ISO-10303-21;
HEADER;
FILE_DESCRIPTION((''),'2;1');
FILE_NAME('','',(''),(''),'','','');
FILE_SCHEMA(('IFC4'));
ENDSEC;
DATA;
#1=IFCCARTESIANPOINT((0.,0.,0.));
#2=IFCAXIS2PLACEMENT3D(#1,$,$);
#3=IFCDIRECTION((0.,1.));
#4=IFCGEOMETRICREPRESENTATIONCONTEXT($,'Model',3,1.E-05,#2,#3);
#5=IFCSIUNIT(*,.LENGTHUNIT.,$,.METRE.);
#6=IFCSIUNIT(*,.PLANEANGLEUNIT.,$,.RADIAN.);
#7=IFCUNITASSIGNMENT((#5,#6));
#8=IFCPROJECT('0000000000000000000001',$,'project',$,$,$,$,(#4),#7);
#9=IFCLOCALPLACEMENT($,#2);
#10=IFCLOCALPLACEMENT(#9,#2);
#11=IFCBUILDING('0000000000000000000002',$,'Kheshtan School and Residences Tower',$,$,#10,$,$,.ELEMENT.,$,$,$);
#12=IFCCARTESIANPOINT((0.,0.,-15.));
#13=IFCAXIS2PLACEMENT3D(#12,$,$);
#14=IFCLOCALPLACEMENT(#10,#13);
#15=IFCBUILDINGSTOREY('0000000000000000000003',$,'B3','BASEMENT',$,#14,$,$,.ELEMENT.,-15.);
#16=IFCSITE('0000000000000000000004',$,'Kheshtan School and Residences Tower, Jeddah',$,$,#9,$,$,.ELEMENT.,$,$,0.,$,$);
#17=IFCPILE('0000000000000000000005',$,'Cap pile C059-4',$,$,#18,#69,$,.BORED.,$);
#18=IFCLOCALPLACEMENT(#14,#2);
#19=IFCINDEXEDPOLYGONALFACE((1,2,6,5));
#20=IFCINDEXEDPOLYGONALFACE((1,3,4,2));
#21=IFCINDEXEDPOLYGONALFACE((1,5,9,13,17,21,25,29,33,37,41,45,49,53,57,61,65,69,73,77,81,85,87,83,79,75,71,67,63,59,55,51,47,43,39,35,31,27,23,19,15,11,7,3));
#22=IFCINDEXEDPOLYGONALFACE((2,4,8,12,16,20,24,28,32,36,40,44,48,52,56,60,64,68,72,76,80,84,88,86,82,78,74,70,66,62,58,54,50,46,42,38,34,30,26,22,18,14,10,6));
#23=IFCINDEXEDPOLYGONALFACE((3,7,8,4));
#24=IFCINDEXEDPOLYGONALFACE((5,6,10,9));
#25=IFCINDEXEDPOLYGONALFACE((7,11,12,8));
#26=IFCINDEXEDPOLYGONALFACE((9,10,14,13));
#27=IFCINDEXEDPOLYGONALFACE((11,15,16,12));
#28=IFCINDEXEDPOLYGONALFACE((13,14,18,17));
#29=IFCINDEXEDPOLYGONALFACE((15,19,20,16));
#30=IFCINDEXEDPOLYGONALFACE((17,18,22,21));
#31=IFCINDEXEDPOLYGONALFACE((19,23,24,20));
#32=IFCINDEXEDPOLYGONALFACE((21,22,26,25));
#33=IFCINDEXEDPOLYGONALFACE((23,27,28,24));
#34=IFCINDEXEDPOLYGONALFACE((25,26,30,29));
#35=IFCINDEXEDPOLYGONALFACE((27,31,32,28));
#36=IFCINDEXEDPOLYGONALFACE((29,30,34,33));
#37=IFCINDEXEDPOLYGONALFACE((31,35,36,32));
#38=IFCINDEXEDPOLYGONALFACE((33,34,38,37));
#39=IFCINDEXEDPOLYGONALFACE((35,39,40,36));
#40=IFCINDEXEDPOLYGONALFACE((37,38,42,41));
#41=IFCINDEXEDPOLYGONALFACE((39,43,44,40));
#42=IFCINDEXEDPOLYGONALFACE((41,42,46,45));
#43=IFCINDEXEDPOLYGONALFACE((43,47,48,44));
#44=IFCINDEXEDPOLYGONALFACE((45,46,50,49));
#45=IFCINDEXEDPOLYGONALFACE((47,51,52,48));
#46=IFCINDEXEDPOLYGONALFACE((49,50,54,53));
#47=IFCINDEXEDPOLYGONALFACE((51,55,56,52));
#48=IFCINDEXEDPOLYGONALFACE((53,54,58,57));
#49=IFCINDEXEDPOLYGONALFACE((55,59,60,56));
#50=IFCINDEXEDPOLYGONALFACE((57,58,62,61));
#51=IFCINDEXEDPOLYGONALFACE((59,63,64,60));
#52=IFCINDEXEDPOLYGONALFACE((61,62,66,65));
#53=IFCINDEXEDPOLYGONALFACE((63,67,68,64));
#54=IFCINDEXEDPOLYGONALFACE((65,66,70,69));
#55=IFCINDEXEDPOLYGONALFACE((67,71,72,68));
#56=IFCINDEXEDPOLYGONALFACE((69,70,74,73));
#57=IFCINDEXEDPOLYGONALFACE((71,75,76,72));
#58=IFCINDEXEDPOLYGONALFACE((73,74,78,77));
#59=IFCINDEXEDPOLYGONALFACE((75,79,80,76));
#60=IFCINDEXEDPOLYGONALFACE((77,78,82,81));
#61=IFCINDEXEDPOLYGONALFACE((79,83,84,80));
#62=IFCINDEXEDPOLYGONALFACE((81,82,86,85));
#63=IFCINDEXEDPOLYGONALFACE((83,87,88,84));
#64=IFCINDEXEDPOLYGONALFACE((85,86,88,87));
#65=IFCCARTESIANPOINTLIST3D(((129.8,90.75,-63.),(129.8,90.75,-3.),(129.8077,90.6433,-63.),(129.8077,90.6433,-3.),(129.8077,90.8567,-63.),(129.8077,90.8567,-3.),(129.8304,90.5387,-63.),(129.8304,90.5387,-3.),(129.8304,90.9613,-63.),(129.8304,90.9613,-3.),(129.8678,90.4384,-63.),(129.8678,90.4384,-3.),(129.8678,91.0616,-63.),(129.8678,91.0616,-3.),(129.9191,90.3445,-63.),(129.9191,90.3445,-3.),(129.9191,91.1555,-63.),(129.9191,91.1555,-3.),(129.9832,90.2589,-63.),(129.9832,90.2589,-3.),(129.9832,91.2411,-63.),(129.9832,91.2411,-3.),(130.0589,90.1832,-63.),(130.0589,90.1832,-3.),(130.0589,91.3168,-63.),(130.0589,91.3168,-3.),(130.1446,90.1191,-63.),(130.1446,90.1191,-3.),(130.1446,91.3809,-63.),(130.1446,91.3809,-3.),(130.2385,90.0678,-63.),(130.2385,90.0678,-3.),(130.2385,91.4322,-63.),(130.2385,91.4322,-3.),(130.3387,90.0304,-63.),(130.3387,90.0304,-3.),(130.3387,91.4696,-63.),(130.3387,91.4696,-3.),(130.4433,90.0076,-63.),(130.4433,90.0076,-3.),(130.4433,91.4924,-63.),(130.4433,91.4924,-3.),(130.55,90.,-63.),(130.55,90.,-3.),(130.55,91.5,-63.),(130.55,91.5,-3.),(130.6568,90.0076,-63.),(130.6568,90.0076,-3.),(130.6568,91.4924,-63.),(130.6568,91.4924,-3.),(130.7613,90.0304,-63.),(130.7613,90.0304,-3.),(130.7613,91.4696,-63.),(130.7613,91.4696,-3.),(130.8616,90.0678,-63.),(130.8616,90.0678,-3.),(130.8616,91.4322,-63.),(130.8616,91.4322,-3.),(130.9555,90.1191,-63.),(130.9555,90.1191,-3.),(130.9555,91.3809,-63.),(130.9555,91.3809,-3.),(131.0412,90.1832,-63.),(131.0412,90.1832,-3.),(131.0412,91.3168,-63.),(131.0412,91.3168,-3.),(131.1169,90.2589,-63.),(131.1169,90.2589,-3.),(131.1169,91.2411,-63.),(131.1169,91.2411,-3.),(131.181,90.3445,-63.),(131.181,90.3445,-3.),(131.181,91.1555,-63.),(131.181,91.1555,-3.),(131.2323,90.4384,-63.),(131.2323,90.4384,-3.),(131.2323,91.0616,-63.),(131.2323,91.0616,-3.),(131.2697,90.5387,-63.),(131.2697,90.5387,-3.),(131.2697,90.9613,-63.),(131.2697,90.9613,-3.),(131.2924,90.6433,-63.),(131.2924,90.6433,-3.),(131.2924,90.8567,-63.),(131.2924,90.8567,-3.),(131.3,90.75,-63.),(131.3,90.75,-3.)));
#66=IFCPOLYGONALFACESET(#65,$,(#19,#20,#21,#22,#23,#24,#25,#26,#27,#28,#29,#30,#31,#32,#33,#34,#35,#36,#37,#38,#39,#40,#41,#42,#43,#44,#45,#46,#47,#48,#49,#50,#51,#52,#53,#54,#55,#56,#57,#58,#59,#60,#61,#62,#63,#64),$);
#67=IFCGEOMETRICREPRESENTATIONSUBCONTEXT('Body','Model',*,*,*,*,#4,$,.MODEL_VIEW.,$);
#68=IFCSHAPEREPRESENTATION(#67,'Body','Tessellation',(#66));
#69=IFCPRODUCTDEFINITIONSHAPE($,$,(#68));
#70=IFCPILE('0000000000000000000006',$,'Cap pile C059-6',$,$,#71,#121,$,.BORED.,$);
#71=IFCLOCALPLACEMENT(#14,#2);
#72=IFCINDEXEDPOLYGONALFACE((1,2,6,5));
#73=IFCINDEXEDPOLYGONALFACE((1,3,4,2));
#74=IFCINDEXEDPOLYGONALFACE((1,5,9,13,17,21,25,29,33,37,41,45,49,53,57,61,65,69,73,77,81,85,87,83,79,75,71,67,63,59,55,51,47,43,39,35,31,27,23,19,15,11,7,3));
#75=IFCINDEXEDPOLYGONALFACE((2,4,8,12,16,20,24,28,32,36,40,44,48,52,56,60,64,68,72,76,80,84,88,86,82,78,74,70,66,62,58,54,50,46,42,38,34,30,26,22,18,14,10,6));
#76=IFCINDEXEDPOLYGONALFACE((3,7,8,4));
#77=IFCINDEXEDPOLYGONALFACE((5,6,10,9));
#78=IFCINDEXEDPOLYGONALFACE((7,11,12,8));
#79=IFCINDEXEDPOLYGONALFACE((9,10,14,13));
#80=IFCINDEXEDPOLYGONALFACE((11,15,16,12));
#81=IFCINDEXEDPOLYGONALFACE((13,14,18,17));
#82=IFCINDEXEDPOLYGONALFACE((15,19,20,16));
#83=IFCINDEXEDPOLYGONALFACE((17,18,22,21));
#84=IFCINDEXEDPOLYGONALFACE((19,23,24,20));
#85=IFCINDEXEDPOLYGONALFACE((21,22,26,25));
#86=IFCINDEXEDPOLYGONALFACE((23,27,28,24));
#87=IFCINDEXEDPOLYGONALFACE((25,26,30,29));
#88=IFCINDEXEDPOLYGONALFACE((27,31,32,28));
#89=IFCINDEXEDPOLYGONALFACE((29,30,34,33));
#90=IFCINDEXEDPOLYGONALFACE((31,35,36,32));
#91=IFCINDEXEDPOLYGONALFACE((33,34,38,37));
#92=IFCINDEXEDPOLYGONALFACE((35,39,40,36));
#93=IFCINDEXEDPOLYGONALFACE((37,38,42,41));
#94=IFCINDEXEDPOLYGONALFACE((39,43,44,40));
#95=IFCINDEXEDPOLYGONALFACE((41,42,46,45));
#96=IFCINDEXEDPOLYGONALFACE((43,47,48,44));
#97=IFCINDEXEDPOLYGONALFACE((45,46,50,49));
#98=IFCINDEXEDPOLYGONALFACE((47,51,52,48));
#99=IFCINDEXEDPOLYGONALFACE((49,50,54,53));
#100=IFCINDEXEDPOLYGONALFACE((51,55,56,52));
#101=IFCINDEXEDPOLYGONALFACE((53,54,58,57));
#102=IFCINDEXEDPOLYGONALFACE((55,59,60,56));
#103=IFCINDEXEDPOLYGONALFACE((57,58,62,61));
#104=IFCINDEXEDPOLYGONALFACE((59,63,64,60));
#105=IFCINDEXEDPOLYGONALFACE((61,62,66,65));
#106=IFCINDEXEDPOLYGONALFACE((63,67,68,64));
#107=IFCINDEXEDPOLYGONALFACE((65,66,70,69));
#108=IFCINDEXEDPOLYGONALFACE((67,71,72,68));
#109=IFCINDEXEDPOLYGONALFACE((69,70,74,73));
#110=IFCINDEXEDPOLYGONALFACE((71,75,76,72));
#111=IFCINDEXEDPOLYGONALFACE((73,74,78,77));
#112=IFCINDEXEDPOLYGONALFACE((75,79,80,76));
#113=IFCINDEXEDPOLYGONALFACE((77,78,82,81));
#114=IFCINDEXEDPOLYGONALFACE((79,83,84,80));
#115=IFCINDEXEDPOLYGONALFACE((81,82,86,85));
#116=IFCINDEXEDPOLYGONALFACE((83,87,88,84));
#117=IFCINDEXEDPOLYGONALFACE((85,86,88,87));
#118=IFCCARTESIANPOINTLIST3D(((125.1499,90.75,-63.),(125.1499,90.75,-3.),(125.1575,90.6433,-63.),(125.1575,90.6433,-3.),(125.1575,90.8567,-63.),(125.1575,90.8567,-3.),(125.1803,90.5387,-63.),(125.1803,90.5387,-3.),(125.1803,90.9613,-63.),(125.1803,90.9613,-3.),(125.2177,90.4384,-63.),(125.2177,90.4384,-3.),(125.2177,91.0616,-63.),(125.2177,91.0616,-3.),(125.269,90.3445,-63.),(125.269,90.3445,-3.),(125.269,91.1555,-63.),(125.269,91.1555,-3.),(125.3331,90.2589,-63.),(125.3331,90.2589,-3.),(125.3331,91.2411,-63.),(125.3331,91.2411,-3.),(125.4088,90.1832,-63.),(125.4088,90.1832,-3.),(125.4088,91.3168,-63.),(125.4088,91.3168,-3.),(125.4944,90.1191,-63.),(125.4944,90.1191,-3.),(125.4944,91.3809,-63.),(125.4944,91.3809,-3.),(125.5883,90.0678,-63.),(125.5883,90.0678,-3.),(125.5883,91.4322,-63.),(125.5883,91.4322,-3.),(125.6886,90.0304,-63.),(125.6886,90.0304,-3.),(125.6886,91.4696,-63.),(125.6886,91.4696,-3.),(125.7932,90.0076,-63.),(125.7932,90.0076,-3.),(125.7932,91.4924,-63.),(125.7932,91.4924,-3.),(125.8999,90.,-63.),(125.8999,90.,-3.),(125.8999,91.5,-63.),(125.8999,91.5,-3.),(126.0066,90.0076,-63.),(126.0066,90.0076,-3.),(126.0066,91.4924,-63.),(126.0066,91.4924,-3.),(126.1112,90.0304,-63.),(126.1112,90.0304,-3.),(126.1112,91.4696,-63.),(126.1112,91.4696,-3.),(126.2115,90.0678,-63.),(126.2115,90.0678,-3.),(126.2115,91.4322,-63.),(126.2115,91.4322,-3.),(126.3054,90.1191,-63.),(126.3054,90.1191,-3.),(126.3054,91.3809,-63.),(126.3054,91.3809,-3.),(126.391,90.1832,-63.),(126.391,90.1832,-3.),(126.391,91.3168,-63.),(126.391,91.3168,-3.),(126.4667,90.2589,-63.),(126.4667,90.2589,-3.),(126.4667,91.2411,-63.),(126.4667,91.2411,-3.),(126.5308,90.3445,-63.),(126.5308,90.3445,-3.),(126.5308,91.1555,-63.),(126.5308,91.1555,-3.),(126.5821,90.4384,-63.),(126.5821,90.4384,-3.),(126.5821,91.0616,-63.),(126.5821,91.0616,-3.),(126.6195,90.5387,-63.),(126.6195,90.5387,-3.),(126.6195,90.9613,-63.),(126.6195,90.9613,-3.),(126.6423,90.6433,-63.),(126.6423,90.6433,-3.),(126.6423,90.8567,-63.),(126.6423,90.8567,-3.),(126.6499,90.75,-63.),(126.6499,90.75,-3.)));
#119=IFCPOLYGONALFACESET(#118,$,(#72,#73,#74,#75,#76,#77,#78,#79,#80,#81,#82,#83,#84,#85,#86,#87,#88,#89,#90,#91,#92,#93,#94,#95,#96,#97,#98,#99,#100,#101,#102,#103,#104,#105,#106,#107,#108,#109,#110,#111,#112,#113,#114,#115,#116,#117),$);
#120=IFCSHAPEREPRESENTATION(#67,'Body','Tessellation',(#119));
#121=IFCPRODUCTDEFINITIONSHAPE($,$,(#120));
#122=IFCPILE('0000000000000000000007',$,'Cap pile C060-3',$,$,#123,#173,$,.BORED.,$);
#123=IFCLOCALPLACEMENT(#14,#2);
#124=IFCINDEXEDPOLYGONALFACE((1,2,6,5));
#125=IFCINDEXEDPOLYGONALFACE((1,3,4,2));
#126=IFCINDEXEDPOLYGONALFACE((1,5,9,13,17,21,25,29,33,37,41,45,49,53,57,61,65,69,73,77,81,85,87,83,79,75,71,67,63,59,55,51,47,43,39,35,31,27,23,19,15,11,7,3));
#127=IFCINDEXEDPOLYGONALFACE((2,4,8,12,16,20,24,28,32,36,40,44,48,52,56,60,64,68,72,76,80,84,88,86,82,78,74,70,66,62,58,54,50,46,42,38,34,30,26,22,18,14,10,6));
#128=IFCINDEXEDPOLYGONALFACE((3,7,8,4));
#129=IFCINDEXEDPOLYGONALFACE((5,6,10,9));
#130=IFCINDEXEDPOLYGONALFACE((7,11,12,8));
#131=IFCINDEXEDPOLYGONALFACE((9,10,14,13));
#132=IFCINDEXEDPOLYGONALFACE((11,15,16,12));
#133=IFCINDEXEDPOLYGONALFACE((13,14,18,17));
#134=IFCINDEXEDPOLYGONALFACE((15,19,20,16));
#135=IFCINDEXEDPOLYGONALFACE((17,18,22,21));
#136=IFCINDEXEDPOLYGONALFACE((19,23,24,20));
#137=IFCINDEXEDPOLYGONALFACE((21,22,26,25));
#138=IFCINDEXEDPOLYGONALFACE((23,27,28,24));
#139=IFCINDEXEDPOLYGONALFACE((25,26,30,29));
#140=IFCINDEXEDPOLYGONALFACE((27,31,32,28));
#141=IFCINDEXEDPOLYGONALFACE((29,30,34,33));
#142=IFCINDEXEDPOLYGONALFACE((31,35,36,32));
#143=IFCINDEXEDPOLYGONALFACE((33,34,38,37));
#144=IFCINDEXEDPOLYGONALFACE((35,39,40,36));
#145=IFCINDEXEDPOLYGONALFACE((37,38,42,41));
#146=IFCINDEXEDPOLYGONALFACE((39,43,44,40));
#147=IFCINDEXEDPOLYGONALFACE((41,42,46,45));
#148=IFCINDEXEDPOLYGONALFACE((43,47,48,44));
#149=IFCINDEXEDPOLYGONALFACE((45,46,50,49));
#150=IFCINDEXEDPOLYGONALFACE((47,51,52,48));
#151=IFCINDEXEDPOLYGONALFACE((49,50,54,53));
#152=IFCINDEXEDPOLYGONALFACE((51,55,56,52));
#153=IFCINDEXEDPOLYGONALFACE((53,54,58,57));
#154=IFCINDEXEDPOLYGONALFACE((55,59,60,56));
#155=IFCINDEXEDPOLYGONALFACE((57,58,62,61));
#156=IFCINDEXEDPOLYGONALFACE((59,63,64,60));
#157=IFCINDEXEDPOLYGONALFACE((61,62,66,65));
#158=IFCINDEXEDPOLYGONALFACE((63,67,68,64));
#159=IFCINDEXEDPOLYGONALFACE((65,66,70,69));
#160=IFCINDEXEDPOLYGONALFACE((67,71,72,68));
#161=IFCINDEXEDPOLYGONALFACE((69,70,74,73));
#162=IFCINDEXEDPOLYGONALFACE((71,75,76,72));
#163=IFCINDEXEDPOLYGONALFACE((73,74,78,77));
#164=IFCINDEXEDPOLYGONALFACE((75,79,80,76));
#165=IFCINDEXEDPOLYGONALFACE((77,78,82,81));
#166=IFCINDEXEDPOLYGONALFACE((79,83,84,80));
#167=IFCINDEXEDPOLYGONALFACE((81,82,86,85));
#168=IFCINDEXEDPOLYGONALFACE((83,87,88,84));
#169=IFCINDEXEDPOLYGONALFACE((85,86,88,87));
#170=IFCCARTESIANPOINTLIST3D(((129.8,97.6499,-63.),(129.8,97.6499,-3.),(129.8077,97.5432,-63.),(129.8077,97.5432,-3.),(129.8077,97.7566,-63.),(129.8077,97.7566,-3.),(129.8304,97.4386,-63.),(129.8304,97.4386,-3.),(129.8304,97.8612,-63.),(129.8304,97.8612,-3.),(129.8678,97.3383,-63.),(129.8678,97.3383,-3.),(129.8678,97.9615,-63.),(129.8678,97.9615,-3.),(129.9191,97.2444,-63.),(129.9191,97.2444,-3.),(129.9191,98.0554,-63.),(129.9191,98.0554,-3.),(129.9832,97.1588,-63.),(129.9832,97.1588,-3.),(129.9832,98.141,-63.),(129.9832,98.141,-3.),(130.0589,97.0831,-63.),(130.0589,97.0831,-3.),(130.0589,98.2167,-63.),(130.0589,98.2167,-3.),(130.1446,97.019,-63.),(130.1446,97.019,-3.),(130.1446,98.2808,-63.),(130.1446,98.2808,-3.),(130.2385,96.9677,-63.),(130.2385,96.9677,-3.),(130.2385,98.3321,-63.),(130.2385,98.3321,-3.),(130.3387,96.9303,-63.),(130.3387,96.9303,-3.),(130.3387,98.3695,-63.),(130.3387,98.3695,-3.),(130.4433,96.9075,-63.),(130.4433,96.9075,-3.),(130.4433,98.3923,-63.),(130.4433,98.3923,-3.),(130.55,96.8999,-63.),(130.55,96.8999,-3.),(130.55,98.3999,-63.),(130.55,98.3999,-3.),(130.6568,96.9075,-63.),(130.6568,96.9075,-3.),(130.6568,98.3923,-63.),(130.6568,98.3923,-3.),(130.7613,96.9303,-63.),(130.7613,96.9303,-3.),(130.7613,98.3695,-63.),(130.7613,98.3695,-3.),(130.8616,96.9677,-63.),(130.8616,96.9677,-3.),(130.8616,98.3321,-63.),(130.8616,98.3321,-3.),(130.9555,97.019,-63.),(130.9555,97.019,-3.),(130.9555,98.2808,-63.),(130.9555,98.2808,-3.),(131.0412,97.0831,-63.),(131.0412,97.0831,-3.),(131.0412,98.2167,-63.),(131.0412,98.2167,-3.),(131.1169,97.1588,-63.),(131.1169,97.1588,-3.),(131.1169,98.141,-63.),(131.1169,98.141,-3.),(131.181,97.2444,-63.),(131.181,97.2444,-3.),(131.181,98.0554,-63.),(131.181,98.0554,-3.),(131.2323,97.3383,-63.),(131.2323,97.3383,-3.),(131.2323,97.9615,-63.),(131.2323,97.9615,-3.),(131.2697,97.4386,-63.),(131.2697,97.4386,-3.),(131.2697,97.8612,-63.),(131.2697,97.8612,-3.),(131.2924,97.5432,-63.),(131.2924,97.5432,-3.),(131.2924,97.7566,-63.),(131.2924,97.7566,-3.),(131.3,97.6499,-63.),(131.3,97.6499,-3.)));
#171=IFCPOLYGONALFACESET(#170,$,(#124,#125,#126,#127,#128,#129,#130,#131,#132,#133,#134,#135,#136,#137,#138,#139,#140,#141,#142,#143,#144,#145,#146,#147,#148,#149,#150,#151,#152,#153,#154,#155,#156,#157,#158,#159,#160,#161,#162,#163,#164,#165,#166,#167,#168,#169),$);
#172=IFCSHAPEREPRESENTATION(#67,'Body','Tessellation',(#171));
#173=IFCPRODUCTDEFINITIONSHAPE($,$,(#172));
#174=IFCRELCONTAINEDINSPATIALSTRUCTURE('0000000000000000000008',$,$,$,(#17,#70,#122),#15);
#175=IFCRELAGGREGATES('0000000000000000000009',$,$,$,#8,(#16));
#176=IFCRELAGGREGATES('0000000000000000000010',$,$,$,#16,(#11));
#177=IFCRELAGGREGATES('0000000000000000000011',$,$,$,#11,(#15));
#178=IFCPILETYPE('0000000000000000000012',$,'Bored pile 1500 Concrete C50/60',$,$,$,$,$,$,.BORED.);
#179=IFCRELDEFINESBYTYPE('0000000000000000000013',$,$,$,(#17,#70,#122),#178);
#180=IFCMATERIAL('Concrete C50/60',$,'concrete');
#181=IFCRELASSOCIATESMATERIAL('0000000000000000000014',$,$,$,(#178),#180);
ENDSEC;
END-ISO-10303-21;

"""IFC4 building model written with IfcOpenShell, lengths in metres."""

from ifc_helpers import new_model, si_unit, direction, frame, origin, origin_2d, place, context, subcontext, project, spatial, circle, extrude, material, material_profile, profile_set, type_object, element, save


model = new_model("IFC4")

# Units and contexts
model_context = context("Model", 3, precision=1e-05, world=origin(), true_north=direction((0.0, 1.0)))
body_context = subcontext(model_context, "Body", "Model", "MODEL_VIEW")
ifc_project = project(units=[si_unit("LENGTHUNIT", "METRE"), si_unit("PLANEANGLEUNIT", "RADIAN")], contexts=[model_context])

# Site, building, storey
site_placement = place(None, origin())
site = spatial("IfcSite", under=ifc_project, at=site_placement, Name="Kheshtan School and Residences Tower, Jeddah", CompositionType="ELEMENT", RefElevation=0.0)
building_placement = place(site_placement, origin())
building = spatial("IfcBuilding", under=site, at=building_placement, Name="Kheshtan School and Residences Tower", CompositionType="ELEMENT")
storey_placement = place(building_placement, frame((0.0, 0.0, -15.0)))
storey = spatial("IfcBuildingStorey", under=building, at=storey_placement, Name="B3", Description="BASEMENT", CompositionType="ELEMENT", Elevation=-15.0)

# Piles
ifc_material_1 = material(Name="Concrete C50/60", Category="concrete")
ifc_material_profile_1 = material_profile(ifc_material_1, circle(Radius=0.75, at=origin_2d()), Name="BP 1500")
ifc_profile_set_1 = profile_set([ifc_material_profile_1], Name="Concrete C50/60")
pile_type_1 = type_object("IfcPileType", Name="Bored pile 1500 Concrete C50/60", PredefinedType="BORED", material=ifc_profile_set_1)
for number, where, z_axis, x_axis, name in (
    (1, (130.55, 90.75, -3.0), (0.0, 0.0, -1.0), (1.0, 0.0, 0.0), "Cap pile C059-4"),
    (2, (125.8999, 90.75, -3.0), (0.0, 0.0, -1.0), (1.0, 0.0, 0.0), "Cap pile C059-6"),
    (3, (130.55, 97.6499, -3.0), (0.0, 0.0, -1.0), (1.0, 0.0, 0.0), "Cap pile C060-3"),
):
    element("IfcPile", number, at=place(storey_placement, frame(where, z_axis=z_axis, x_axis=x_axis)), inside=storey, type_object=pile_type_1, Name=name, PredefinedType="BORED", context=body_context, shape_type="SweptSolid", body=[
        extrude(circle(Radius=0.75, at=origin_2d()), origin(), (0.0, 0.0, 1.0), 60.0),
    ])

save(model, "model.ifc")
